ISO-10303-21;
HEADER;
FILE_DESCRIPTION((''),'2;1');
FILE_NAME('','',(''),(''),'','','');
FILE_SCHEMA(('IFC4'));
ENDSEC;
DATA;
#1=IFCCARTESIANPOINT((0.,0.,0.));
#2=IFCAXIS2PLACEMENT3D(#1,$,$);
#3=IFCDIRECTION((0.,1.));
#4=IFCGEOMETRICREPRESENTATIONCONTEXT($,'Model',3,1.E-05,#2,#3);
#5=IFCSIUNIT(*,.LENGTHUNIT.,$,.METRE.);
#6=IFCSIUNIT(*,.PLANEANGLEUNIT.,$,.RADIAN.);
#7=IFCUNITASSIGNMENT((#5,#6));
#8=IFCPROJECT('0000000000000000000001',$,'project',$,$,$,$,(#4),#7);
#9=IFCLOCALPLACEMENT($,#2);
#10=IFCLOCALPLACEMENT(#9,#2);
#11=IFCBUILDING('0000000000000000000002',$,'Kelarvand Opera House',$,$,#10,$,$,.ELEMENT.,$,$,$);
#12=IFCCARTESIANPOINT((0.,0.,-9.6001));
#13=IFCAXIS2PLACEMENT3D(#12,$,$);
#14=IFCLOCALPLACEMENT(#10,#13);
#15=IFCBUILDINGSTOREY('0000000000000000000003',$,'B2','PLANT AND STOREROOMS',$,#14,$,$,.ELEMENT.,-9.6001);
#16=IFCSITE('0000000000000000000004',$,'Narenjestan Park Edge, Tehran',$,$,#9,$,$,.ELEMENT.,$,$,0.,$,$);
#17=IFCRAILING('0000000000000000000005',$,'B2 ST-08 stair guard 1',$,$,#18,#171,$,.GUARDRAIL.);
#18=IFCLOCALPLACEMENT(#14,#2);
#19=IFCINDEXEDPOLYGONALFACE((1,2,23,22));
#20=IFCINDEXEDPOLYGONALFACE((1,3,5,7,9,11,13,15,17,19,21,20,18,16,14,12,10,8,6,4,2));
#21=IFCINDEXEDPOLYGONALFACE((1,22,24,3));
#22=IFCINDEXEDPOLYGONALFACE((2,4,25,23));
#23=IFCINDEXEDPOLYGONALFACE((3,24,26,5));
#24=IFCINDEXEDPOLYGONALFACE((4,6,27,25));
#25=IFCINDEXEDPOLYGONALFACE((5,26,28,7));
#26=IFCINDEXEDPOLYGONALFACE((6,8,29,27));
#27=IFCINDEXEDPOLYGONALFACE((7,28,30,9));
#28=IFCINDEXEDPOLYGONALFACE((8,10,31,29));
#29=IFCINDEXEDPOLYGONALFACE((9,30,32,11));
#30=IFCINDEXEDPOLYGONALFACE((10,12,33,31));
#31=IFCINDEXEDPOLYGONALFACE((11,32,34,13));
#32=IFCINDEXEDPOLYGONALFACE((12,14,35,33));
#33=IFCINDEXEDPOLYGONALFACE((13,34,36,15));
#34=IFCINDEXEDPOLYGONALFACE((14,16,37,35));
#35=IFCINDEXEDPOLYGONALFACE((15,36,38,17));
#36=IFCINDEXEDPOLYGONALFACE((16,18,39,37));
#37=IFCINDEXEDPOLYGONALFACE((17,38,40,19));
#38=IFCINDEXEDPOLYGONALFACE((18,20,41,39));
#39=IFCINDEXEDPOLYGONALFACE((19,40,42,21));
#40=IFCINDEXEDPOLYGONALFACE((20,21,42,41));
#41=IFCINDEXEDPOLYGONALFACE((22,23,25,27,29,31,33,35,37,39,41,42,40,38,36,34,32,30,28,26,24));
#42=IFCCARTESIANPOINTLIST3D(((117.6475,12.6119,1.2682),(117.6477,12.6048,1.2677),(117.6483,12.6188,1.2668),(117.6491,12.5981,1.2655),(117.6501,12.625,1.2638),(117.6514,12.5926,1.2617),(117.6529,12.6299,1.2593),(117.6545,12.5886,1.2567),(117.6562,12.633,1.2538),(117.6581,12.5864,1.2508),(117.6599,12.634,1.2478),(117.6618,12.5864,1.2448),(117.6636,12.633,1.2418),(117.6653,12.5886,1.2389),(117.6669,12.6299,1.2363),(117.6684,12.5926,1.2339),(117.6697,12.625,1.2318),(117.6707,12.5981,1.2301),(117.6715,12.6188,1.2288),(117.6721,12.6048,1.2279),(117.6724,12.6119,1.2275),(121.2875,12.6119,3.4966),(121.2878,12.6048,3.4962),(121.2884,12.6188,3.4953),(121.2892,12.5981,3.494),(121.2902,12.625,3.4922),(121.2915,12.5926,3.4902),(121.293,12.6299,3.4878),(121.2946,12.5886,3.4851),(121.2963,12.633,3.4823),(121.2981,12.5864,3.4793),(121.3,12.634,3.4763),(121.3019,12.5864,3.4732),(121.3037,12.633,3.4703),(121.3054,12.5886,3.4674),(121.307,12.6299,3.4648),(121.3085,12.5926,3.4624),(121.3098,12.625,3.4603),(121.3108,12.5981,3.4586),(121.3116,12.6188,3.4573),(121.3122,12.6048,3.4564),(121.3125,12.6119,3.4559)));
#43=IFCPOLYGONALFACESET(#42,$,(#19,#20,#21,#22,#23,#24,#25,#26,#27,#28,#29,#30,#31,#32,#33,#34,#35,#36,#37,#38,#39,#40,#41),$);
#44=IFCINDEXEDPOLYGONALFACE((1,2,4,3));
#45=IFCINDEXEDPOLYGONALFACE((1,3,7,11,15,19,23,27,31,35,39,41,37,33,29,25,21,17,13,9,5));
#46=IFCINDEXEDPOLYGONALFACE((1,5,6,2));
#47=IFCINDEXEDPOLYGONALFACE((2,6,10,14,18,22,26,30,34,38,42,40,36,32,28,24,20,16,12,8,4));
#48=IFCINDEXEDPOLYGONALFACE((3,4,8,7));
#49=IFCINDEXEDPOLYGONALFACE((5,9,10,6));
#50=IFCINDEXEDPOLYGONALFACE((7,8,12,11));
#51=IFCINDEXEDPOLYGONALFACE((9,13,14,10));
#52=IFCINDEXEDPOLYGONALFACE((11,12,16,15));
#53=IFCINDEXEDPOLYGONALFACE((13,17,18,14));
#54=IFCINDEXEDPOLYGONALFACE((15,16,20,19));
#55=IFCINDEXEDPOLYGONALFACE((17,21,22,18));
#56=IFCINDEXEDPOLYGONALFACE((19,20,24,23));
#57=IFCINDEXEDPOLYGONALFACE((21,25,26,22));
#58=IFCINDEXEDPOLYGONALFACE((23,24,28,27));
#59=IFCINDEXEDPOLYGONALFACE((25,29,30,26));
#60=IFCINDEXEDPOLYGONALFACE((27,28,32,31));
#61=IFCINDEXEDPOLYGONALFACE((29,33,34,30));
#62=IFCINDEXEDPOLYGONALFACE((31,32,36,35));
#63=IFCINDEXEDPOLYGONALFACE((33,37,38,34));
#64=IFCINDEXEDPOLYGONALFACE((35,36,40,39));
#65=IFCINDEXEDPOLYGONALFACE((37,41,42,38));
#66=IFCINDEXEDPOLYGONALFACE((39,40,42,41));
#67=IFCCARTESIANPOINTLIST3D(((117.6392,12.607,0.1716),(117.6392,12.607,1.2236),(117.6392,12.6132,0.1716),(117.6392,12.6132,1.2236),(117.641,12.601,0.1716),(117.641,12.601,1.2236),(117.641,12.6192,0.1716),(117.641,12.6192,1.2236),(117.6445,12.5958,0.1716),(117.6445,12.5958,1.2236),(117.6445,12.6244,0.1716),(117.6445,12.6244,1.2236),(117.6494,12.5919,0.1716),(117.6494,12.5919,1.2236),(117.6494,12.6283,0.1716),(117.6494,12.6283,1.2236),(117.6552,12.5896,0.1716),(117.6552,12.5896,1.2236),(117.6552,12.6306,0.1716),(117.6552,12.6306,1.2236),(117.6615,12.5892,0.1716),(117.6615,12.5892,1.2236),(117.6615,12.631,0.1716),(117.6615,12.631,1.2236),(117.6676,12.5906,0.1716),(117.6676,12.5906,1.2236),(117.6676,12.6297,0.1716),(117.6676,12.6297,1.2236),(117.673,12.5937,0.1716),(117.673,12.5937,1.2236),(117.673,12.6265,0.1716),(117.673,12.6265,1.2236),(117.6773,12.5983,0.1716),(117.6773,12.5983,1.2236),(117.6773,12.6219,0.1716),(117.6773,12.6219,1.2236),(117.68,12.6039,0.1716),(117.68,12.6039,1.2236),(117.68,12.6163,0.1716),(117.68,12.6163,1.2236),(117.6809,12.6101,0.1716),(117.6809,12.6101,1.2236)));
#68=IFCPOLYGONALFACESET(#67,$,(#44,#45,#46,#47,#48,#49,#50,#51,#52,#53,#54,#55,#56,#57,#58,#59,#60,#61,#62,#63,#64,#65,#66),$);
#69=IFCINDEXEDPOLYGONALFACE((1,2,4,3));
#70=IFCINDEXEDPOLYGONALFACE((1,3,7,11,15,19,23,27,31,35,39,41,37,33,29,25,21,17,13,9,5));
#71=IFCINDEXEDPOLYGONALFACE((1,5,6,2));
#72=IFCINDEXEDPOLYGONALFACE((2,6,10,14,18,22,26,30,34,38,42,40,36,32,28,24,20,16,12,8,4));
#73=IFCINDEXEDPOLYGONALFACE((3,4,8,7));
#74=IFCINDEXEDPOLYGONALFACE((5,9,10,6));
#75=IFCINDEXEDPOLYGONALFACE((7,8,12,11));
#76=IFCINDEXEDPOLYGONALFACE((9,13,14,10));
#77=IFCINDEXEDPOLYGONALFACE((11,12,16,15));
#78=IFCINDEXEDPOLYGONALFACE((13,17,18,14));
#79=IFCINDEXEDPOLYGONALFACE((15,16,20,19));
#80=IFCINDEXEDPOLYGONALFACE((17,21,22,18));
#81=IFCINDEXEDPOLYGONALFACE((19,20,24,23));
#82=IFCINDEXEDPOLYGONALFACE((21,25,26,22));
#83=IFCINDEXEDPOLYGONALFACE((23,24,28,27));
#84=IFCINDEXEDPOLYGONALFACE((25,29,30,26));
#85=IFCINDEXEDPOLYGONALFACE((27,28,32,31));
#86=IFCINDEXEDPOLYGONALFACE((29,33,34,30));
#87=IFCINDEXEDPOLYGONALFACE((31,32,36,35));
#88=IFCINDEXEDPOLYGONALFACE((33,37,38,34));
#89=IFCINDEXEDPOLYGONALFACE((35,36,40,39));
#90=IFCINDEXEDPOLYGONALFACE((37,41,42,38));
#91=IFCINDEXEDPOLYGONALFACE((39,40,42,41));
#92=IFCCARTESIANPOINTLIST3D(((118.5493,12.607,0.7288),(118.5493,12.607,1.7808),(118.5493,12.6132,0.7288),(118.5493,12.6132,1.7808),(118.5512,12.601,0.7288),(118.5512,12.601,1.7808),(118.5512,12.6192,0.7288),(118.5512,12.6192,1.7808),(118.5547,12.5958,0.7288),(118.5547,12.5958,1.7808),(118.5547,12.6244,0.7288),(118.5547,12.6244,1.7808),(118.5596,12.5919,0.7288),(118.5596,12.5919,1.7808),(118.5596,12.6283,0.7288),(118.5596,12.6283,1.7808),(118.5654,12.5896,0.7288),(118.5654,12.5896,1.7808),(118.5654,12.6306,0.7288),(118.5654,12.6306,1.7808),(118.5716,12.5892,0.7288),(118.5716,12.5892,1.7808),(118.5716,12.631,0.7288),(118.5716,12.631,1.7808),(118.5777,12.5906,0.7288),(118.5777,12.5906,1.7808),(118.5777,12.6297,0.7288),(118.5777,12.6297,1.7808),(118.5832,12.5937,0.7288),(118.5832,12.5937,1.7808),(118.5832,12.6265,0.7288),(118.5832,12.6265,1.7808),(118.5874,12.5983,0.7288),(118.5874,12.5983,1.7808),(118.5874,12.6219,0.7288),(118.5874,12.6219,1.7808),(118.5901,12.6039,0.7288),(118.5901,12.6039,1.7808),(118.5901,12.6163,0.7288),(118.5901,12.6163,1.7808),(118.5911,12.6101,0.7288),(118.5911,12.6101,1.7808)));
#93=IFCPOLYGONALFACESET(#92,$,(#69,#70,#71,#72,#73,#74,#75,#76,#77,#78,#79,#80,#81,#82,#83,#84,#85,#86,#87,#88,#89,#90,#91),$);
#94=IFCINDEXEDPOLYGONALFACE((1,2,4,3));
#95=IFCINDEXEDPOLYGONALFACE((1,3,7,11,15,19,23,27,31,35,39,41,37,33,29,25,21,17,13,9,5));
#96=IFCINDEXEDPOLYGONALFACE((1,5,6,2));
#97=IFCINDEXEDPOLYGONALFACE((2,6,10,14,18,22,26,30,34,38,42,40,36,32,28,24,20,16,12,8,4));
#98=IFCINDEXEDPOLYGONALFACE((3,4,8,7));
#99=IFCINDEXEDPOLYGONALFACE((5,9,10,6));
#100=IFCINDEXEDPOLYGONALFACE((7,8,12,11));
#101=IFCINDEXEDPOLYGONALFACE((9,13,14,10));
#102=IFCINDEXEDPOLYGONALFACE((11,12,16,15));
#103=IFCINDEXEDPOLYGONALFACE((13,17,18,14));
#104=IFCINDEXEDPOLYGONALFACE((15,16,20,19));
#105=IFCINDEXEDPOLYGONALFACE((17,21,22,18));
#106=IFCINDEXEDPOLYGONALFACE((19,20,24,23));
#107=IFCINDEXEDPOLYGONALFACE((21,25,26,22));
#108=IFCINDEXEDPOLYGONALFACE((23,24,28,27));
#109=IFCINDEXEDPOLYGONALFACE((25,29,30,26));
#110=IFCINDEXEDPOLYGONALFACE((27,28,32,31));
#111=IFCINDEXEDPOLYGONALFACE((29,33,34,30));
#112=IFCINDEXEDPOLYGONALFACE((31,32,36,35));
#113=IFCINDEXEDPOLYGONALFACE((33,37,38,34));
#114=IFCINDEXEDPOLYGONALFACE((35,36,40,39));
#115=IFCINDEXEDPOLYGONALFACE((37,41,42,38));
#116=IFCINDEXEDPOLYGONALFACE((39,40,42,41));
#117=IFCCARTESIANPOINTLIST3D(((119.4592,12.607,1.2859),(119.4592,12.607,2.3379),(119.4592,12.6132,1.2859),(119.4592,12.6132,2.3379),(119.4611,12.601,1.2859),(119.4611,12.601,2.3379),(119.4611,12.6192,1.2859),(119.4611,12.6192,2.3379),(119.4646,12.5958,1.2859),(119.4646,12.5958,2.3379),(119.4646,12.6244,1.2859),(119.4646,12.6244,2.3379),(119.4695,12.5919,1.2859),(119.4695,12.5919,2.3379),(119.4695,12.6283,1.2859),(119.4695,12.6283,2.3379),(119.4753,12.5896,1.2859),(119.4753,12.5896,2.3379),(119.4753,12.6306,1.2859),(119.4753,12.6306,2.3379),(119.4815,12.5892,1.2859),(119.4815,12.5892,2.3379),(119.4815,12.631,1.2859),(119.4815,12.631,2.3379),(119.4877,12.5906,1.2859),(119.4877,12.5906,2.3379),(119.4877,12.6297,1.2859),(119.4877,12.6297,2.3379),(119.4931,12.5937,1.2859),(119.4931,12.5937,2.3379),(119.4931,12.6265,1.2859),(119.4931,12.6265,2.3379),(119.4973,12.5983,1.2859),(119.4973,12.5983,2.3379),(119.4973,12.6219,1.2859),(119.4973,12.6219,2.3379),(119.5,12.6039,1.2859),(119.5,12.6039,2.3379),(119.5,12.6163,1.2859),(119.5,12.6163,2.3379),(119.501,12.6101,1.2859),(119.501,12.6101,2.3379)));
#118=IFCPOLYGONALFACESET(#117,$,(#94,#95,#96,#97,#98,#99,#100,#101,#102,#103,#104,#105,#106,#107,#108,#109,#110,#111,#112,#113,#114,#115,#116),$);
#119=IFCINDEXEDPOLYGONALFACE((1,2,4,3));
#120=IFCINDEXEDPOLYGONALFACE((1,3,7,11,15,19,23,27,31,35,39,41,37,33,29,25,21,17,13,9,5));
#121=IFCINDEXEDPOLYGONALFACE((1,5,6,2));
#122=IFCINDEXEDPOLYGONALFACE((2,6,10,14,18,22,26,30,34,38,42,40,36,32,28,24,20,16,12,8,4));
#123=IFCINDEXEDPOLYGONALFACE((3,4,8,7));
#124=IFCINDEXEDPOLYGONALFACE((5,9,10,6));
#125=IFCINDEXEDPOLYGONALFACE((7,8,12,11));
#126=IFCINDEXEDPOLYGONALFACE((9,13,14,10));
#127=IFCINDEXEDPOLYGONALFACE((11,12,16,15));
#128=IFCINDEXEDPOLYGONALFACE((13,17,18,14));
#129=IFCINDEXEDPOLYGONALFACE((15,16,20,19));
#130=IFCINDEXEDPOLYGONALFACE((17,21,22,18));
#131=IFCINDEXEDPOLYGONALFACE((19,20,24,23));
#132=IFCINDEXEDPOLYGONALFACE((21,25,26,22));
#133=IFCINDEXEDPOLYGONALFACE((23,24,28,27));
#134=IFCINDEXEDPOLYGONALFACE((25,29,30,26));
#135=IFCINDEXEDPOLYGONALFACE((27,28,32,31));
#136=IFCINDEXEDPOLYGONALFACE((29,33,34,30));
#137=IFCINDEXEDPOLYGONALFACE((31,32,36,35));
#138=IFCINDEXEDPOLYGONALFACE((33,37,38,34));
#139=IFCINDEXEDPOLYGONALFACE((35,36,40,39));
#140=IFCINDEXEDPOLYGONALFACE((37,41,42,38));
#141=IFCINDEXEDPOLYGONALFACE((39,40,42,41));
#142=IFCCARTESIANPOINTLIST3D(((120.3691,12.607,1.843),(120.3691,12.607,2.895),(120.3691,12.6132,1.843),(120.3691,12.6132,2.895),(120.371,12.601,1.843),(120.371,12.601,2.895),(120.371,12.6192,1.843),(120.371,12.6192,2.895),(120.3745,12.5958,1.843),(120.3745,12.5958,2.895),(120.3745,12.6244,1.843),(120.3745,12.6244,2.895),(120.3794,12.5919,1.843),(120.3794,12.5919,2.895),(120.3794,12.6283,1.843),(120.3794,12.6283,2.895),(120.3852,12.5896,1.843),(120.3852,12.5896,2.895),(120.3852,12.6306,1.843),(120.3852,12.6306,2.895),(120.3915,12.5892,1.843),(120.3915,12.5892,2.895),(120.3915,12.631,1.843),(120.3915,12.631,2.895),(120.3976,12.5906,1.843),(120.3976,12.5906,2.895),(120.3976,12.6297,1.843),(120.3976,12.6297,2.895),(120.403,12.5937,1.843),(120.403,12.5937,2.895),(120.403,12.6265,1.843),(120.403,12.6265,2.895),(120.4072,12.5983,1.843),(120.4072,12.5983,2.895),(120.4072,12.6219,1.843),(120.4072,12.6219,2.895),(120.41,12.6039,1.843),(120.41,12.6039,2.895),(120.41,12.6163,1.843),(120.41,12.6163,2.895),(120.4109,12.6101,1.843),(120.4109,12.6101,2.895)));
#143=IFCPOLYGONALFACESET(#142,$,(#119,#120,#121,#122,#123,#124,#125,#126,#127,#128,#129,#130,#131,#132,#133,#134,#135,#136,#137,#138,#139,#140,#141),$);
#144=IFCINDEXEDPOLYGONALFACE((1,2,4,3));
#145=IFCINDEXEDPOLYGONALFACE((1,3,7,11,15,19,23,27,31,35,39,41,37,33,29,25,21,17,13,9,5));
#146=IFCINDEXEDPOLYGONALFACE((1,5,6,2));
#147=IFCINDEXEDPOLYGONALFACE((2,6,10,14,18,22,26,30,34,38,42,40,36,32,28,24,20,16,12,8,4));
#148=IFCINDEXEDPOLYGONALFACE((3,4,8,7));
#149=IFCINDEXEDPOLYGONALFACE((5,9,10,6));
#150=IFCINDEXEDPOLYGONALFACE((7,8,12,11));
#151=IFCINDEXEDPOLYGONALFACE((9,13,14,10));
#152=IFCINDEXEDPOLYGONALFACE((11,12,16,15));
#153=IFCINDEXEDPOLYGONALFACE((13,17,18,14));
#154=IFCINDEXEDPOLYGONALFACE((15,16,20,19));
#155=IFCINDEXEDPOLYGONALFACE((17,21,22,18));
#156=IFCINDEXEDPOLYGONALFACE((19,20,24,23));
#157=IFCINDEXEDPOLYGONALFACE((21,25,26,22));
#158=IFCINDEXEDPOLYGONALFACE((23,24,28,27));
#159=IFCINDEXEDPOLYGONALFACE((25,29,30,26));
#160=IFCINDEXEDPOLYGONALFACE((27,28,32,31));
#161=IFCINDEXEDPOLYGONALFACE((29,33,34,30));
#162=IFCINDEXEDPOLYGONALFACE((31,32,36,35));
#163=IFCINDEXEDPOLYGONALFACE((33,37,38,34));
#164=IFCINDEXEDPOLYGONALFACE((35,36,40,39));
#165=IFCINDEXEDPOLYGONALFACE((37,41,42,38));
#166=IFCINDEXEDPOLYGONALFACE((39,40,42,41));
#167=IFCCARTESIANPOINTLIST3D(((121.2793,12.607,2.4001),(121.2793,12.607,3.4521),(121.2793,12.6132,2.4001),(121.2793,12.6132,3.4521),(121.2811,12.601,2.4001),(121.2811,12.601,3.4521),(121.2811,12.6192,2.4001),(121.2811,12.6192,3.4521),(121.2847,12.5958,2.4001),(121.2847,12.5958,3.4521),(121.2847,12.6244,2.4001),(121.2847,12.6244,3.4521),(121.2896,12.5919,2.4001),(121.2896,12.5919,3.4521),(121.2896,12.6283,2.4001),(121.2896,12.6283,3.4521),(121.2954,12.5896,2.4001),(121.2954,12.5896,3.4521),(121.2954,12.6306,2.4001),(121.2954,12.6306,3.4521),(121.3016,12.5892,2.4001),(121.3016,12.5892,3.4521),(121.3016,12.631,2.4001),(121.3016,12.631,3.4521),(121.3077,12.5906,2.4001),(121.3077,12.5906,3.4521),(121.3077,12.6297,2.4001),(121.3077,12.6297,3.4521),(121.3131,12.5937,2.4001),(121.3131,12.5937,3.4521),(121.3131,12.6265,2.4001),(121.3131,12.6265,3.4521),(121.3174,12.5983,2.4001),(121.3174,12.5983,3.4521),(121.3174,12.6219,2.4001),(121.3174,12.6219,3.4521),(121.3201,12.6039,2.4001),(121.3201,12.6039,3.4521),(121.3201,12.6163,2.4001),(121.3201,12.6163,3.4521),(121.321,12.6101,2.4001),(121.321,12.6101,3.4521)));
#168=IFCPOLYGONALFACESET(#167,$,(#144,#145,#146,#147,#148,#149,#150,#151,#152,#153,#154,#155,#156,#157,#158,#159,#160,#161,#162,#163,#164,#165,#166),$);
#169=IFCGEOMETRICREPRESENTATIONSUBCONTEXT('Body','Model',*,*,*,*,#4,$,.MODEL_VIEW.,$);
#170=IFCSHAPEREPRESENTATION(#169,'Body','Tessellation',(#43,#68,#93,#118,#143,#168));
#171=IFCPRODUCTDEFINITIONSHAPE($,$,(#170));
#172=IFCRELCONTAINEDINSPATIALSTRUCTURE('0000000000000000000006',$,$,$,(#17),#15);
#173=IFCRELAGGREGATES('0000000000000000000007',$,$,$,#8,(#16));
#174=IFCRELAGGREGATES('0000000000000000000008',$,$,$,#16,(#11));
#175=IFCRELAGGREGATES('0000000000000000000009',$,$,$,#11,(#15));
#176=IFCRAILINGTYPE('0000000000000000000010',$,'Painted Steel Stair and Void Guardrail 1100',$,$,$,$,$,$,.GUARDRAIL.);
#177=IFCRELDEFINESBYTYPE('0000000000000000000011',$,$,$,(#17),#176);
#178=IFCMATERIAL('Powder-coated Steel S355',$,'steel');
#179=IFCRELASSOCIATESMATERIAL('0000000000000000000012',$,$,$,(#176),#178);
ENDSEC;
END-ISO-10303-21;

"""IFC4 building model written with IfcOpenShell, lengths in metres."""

from ifc_helpers import new_model, si_unit, direction, frame, origin, origin_2d, place, context, subcontext, project, spatial, circle, extrude, material, type_object, element, save


model = new_model("IFC4")

# Units and contexts
model_context = context("Model", 3, precision=1e-05, world=origin(), true_north=direction((0.0, 1.0)))
body_context = subcontext(model_context, "Body", "Model", "MODEL_VIEW")
ifc_project = project(units=[si_unit("LENGTHUNIT", "METRE"), si_unit("PLANEANGLEUNIT", "RADIAN")], contexts=[model_context])

# Site, building, storey
site_placement = place(None, origin())
site = spatial("IfcSite", under=ifc_project, at=site_placement, Name="Narenjestan Park Edge, Tehran", CompositionType="ELEMENT", RefElevation=0.0)
building_placement = place(site_placement, origin())
building = spatial("IfcBuilding", under=site, at=building_placement, Name="Kelarvand Opera House", CompositionType="ELEMENT")
storey_placement = place(building_placement, frame((0.0, 0.0, -9.6001)))
storey = spatial("IfcBuildingStorey", under=building, at=storey_placement, Name="B2", Description="PLANT AND STOREROOMS", CompositionType="ELEMENT", Elevation=-9.6001)

# Railing
ifc_material_1 = material(Name="Powder-coated Steel S355", Category="steel")
railing_type_1 = type_object("IfcRailingType", Name="Painted Steel Stair and Void Guardrail 1100", PredefinedType="GUARDRAIL", material=ifc_material_1)
railing_1_placement = place(storey_placement, frame((117.6599, 12.6101, 0.1716)))
element("IfcRailing", 1, at=railing_1_placement, inside=storey, type_object=railing_type_1, Name="B2 ST-08 stair guard 1", PredefinedType="GUARDRAIL", context=body_context, shape_type="SweptSolid", body=[
    extrude(circle(Radius=0.0239, at=origin_2d()), frame((0.0, 0.0, 1.0762), z_axis=(0.852866, 0.0, 0.52213), x_axis=(0.0, 1.0, 0.0)), (0.0, 0.0, 1.0), 4.2681),
    extrude(circle(Radius=0.021, at=origin_2d()), origin(), (0.0, 0.0, 1.0), 1.052),
    extrude(circle(Radius=0.021, at=origin_2d()), frame((0.9102, 0.0, 0.5571)), (0.0, 0.0, 1.0), 1.052),
    extrude(circle(Radius=0.021, at=origin_2d()), frame((1.8201, 0.0, 1.1143)), (0.0, 0.0, 1.0), 1.052),
    extrude(circle(Radius=0.021, at=origin_2d()), frame((2.73, 0.0, 1.6714)), (0.0, 0.0, 1.0), 1.052),
    extrude(circle(Radius=0.021, at=origin_2d()), frame((3.6401, 0.0, 2.2285)), (0.0, 0.0, 1.0), 1.052),
])

save(model, "model.ifc")
